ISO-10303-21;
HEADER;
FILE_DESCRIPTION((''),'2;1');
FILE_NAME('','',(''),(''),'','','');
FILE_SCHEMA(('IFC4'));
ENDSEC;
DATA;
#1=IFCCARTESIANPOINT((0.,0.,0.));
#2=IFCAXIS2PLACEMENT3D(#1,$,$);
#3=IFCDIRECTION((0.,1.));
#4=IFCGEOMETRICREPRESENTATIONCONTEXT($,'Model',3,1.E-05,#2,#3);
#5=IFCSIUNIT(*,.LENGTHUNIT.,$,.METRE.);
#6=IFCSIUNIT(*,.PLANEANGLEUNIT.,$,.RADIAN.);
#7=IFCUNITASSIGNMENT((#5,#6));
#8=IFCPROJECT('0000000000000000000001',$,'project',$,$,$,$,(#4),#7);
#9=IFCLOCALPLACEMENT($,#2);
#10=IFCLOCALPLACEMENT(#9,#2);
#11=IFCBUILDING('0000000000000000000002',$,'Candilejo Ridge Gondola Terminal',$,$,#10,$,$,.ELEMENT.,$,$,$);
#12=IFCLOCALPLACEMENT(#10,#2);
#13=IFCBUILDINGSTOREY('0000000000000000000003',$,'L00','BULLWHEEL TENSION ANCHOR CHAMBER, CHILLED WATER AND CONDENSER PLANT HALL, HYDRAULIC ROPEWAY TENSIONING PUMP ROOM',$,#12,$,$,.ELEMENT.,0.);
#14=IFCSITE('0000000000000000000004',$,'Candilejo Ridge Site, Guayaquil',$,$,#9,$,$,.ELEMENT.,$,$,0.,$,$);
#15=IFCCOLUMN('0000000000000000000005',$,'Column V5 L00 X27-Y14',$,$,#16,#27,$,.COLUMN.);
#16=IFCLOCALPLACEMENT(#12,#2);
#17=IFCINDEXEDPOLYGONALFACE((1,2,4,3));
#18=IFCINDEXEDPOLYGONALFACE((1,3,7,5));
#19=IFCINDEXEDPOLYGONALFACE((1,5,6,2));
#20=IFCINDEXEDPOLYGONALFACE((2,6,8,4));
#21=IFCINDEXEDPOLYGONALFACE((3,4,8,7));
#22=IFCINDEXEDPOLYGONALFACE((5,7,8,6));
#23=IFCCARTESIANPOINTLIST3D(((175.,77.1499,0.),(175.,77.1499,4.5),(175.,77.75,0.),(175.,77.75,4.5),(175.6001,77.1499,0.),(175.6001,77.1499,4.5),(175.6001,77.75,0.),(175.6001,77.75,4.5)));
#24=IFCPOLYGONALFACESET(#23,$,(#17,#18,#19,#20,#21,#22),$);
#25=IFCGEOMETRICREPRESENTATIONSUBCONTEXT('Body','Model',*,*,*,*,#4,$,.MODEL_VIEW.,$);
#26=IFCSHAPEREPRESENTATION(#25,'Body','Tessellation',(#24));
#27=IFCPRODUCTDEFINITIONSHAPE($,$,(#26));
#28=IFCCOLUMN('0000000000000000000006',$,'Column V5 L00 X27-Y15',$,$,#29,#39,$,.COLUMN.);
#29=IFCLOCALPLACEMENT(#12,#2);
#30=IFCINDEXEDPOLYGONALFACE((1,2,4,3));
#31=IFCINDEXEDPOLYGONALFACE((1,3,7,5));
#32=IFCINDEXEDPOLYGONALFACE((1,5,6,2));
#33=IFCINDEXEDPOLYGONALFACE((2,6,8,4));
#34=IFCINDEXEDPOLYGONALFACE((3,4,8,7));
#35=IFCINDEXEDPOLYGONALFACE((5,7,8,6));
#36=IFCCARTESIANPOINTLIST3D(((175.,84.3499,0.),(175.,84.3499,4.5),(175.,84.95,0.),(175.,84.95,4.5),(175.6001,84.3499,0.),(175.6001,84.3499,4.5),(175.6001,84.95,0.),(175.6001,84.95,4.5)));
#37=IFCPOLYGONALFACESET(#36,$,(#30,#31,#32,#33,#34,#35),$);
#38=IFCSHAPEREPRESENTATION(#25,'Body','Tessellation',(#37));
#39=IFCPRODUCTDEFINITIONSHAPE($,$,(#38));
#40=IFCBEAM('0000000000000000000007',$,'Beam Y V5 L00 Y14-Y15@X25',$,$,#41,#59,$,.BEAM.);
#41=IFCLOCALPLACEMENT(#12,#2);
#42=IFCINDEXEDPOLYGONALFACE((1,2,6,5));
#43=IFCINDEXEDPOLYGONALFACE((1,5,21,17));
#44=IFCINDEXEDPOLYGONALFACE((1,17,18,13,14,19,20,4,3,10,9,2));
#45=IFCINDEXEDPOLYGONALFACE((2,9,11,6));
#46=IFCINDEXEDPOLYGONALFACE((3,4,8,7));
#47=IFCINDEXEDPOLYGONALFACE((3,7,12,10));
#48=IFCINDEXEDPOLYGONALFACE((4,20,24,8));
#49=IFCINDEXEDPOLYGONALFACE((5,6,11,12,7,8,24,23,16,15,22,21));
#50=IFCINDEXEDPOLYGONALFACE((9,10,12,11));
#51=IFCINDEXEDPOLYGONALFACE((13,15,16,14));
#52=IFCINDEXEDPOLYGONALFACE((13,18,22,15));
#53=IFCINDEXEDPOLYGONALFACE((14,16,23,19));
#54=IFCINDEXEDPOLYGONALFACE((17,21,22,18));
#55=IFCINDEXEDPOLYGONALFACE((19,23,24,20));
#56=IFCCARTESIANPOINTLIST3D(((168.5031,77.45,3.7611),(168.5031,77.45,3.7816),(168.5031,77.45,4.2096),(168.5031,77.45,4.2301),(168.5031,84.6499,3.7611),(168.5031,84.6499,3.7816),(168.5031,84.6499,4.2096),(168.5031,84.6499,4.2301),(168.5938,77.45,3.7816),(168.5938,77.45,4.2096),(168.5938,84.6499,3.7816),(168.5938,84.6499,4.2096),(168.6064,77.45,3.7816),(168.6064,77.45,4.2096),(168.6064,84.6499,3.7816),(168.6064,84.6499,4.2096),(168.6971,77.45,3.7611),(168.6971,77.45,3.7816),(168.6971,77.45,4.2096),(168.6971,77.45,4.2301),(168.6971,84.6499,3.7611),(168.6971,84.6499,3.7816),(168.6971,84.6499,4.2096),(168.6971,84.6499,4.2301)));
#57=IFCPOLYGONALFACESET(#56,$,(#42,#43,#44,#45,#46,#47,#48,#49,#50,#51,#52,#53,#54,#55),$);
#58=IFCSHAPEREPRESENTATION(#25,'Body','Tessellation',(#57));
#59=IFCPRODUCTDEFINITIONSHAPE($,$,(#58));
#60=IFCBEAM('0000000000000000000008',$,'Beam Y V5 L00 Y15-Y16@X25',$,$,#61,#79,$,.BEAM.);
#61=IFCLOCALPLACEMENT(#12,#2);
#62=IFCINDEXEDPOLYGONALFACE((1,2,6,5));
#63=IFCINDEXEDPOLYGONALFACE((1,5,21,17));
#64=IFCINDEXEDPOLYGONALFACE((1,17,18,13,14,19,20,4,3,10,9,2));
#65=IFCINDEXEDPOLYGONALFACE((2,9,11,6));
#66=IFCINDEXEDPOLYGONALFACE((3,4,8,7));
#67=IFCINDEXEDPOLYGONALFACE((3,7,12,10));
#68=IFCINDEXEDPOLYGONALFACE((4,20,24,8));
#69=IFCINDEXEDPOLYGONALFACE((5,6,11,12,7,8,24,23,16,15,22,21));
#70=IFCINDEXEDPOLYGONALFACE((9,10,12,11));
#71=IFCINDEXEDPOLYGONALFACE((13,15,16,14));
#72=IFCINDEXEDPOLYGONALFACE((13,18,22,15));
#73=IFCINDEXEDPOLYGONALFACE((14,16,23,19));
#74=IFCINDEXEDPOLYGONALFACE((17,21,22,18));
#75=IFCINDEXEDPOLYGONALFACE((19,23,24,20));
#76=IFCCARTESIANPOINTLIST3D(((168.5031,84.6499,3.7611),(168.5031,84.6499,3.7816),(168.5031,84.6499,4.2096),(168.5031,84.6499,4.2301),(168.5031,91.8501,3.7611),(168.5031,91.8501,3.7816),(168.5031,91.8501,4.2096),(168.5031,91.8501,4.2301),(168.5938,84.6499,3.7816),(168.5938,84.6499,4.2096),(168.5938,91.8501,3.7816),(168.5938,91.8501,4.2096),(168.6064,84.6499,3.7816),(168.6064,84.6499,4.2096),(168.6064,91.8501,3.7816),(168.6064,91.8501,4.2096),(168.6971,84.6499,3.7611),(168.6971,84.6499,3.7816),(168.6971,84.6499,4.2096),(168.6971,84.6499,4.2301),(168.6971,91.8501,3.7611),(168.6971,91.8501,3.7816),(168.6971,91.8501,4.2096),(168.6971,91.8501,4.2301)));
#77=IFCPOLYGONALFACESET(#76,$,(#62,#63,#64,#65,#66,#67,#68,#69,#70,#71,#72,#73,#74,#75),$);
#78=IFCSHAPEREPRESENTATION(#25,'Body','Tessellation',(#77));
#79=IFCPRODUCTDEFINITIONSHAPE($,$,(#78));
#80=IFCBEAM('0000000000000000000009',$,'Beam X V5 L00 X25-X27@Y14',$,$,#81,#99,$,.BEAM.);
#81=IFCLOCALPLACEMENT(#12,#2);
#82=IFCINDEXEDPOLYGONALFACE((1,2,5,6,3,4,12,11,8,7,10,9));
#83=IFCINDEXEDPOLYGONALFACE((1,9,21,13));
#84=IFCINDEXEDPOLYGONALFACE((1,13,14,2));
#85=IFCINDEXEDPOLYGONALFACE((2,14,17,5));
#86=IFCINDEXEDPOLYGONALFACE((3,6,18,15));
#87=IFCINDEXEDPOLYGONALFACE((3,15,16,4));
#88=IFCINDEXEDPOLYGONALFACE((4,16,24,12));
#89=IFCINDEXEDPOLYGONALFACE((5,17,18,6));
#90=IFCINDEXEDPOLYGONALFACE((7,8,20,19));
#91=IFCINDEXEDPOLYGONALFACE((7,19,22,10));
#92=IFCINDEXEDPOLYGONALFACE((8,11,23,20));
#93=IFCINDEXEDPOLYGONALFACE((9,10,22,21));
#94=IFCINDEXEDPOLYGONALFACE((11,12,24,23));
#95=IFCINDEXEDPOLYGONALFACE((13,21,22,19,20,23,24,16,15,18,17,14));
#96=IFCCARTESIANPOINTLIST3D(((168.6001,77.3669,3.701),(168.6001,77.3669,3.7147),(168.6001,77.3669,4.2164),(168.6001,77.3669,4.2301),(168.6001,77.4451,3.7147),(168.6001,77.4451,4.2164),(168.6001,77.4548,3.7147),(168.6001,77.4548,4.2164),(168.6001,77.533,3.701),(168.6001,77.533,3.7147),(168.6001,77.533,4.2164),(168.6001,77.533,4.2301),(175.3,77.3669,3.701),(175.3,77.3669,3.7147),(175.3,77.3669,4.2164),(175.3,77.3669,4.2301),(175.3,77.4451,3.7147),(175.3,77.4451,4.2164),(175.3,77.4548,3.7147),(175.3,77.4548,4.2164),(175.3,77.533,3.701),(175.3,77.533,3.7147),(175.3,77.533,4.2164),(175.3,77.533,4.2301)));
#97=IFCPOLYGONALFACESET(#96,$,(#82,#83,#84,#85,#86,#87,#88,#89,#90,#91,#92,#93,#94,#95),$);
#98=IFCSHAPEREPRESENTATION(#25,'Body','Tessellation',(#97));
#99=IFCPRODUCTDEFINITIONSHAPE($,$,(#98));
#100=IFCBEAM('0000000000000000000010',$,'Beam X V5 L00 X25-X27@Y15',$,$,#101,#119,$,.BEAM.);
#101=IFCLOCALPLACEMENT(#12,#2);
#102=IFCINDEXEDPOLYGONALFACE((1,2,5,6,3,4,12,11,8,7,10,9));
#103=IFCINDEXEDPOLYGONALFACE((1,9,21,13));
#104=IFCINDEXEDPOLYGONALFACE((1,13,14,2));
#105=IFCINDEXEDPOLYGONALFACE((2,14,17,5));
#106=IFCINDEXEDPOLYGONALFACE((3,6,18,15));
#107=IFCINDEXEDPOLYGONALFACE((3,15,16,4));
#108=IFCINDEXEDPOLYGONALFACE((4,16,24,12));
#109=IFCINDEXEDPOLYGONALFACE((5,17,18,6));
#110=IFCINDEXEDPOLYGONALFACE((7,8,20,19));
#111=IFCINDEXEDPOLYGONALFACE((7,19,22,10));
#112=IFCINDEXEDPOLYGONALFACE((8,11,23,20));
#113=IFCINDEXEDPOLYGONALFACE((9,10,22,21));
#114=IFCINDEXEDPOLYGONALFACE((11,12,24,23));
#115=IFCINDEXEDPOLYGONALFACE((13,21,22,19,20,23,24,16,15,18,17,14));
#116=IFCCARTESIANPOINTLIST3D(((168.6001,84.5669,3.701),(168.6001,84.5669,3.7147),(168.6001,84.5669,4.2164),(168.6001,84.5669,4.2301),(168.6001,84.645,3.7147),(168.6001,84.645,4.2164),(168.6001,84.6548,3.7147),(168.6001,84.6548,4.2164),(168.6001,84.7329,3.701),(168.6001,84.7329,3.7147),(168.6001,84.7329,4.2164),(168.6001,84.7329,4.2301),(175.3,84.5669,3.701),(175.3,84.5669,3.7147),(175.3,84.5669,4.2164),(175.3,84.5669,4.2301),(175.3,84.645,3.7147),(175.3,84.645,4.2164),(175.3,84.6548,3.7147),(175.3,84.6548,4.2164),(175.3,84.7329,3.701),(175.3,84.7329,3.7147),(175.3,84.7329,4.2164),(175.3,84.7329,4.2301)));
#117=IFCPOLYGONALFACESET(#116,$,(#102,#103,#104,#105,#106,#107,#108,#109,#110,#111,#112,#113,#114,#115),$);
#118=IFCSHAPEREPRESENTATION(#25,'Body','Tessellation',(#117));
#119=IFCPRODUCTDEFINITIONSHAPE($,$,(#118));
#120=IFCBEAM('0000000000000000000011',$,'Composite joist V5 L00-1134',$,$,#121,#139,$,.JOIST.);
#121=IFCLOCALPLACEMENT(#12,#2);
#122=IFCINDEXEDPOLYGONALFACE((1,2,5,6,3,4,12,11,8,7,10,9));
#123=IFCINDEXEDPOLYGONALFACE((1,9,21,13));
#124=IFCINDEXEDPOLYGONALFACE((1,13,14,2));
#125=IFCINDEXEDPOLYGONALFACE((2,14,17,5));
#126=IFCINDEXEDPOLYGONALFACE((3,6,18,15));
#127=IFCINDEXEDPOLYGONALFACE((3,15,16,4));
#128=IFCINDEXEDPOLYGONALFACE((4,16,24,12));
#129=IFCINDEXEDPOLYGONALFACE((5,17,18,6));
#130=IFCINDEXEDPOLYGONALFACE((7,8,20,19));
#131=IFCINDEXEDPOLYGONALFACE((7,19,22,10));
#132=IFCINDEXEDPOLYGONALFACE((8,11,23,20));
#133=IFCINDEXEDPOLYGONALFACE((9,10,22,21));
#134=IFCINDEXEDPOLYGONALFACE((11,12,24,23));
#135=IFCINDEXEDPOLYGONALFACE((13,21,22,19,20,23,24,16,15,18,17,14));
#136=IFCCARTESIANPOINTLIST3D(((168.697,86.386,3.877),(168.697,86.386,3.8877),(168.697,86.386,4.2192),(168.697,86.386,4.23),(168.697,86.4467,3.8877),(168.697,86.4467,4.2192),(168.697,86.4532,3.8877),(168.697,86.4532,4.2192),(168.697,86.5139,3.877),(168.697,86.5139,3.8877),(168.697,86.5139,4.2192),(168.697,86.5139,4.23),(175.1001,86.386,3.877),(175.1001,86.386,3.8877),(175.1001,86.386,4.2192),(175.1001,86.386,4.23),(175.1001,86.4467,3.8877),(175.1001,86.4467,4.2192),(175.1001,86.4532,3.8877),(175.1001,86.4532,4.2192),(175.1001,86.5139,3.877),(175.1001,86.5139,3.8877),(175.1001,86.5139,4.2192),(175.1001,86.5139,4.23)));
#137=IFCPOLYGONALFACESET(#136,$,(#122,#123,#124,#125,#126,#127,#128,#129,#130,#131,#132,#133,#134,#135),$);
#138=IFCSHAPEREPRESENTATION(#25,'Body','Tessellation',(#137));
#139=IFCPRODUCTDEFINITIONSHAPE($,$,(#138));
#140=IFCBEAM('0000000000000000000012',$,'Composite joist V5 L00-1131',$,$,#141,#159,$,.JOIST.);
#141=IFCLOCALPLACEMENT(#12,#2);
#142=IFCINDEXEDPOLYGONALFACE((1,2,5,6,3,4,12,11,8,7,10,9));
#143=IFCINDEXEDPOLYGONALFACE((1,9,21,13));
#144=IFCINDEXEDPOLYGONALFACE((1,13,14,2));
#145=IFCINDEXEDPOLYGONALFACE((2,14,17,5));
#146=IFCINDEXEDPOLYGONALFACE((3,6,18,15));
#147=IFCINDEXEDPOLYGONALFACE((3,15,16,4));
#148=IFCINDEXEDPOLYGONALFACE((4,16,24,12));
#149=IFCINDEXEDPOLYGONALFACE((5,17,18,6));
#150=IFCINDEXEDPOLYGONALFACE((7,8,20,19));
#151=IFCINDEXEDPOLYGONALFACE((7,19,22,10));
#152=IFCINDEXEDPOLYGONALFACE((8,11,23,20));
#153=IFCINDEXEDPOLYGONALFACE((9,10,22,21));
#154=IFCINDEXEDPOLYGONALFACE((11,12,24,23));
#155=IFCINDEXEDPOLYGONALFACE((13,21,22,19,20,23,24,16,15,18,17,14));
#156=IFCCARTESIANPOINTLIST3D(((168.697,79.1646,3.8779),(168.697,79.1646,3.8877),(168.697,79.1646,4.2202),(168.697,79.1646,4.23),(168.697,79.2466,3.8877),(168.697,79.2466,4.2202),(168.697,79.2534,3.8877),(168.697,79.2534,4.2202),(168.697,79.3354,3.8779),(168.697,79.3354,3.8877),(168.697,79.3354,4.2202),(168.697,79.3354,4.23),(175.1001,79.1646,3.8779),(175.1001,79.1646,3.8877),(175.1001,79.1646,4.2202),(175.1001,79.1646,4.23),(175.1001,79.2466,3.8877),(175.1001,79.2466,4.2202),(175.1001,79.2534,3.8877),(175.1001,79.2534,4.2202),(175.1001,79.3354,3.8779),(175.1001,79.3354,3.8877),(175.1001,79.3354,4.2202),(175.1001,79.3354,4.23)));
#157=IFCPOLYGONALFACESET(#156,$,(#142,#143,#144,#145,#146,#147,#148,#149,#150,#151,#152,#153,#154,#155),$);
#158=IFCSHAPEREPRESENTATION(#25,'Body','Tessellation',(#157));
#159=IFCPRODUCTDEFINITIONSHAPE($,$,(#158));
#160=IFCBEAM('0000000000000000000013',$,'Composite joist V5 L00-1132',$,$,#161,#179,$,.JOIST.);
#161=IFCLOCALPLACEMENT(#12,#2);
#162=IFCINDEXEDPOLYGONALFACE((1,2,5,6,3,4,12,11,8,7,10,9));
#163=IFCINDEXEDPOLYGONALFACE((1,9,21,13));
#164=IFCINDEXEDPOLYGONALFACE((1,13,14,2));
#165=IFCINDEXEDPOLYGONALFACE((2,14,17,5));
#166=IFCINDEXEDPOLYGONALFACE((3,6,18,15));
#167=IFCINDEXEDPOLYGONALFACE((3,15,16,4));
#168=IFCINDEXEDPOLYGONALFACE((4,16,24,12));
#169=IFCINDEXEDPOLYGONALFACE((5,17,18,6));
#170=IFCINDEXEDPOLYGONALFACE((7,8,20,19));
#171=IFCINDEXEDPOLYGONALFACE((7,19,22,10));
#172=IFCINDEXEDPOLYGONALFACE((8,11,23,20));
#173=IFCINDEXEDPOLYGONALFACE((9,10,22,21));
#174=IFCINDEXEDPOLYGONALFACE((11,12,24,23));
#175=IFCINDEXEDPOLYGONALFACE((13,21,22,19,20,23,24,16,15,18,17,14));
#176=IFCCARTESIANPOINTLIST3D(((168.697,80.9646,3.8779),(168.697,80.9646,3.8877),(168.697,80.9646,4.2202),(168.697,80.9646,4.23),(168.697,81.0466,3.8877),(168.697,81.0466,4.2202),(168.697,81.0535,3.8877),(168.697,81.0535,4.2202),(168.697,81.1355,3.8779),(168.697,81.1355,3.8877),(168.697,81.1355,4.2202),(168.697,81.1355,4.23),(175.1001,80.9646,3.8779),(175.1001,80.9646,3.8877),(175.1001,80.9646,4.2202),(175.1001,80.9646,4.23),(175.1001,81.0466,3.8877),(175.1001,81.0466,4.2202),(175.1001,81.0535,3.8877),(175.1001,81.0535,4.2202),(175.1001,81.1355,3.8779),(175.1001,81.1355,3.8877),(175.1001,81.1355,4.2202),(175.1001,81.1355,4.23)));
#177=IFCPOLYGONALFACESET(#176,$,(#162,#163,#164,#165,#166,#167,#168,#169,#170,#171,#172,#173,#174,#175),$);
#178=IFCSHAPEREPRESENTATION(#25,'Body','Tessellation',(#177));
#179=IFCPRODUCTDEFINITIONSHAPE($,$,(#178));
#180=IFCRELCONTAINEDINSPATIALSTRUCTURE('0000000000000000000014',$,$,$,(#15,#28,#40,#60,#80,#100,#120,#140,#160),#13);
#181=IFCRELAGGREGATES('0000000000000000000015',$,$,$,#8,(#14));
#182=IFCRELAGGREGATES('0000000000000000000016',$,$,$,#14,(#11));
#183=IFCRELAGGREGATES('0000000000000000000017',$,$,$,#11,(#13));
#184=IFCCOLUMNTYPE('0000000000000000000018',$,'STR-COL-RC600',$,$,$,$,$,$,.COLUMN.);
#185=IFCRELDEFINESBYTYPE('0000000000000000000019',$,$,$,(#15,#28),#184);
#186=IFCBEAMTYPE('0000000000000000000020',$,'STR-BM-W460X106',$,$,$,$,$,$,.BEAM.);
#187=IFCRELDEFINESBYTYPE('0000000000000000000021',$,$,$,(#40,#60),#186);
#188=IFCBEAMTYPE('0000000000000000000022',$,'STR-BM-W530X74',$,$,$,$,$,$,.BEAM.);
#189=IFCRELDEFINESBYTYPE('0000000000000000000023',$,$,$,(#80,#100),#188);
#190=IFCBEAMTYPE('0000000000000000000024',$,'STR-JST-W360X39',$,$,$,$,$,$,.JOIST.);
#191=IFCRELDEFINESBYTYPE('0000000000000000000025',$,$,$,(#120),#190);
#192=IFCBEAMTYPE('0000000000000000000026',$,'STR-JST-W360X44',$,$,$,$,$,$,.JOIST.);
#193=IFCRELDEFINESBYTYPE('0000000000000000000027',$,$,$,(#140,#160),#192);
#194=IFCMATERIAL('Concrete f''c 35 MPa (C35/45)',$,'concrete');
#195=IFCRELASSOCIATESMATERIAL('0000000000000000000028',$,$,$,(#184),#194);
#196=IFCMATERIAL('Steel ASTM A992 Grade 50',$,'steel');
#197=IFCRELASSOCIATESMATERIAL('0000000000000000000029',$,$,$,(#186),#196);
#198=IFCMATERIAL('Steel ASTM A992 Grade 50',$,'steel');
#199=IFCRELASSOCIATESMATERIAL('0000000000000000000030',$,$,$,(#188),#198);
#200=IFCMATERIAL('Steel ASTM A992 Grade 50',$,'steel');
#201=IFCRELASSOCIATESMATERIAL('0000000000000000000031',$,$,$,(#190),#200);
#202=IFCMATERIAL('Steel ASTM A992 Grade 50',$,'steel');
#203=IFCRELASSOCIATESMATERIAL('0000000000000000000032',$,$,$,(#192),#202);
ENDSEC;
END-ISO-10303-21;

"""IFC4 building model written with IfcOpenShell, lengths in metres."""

from ifc_helpers import new_model, si_unit, direction, frame, origin, origin_2d, place, context, subcontext, project, spatial, rectangle, i_section, extrude, material, material_profile, profile_set, type_object, element, save


model = new_model("IFC4")

# Units and contexts
model_context = context("Model", 3, precision=1e-05, world=origin(), true_north=direction((0.0, 1.0)))
body_context = subcontext(model_context, "Body", "Model", "MODEL_VIEW")
ifc_project = project(units=[si_unit("LENGTHUNIT", "METRE"), si_unit("PLANEANGLEUNIT", "RADIAN")], contexts=[model_context])

# Site, building, storey
site_placement = place(None, origin())
site = spatial("IfcSite", under=ifc_project, at=site_placement, Name="Candilejo Ridge Site, Guayaquil", CompositionType="ELEMENT", RefElevation=0.0)
building_placement = place(site_placement, origin())
building = spatial("IfcBuilding", under=site, at=building_placement, Name="Candilejo Ridge Gondola Terminal", CompositionType="ELEMENT")
storey_placement = place(building_placement, origin())
storey = spatial("IfcBuildingStorey", under=building, at=storey_placement, Name="L00", Description="BULLWHEEL TENSION ANCHOR CHAMBER, CHILLED WATER AND CONDENSER PLANT HALL, HYDRAULIC ROPEWAY TENSIONING PUMP ROOM", CompositionType="ELEMENT", Elevation=0.0)

# Columns
ifc_material_1 = material(Name="Concrete f'c 35 MPa (C35/45)", Category="concrete")
ifc_material_profile_1 = material_profile(ifc_material_1, rectangle(XDim=0.6001, YDim=0.6001, at=origin_2d()))
ifc_profile_set_1 = profile_set([ifc_material_profile_1], Name="Concrete f'c 35 MPa (C35/45)")
column_type = type_object("IfcColumnType", Name="STR-COL-RC600", PredefinedType="COLUMN", material=ifc_profile_set_1)
for number, where, z_axis, x_axis, name in (
    (1, (175.3, 77.45, 0.0), (0.0, 0.0, 1.0), (1.0, 0.0, 0.0), "Column V5 L00 X27-Y14"),
    (2, (175.3, 84.6499, 0.0), (0.0, 0.0, 1.0), (1.0, 0.0, 0.0), "Column V5 L00 X27-Y15"),
):
    element("IfcColumn", number, at=place(storey_placement, frame(where, z_axis=z_axis, x_axis=x_axis)), inside=storey, type_object=column_type, Name=name, PredefinedType="COLUMN", context=body_context, shape_type="SweptSolid", body=[
        extrude(rectangle(XDim=0.6001, YDim=0.6001, at=origin_2d()), origin(), (0.0, 0.0, 1.0), 4.5),
    ])

# Beams
ifc_material_2 = material(Name="Steel ASTM A992 Grade 50", Category="steel")
ifc_material_profile_2 = material_profile(ifc_material_2, i_section(OverallWidth=0.1941, OverallDepth=0.469, WebThickness=0.0127, FlangeThickness=0.0205, at=origin_2d()))
ifc_profile_set_2 = profile_set([ifc_material_profile_2], Name="Steel ASTM A992 Grade 50")
beam_type_1 = type_object("IfcBeamType", Name="STR-BM-W460X106", PredefinedType="BEAM", material=ifc_profile_set_2)
beam_1_placement = place(storey_placement, frame((168.6001, 77.45, 3.9956), z_axis=(0.0, 1.0, 0.0), x_axis=(-1.0, 0.0, 0.0)))
element("IfcBeam", 3, at=beam_1_placement, inside=storey, type_object=beam_type_1, Name="Beam Y V5 L00 Y14-Y15@X25", PredefinedType="BEAM", context=body_context, shape_type="SweptSolid", body=[
    extrude(i_section(OverallWidth=0.1941, OverallDepth=0.469, WebThickness=0.0127, FlangeThickness=0.0205, at=origin_2d()), origin(), (0.0, 0.0, 1.0), 7.2),
])
beam_2_placement = place(storey_placement, frame((168.6001, 84.6499, 3.9956), z_axis=(0.0, 1.0, 0.0), x_axis=(-1.0, 0.0, 0.0)))
element("IfcBeam", 4, at=beam_2_placement, inside=storey, type_object=beam_type_1, Name="Beam Y V5 L00 Y15-Y16@X25", PredefinedType="BEAM", context=body_context, shape_type="SweptSolid", body=[
    extrude(i_section(OverallWidth=0.1941, OverallDepth=0.469, WebThickness=0.0127, FlangeThickness=0.0205, at=origin_2d()), origin(), (0.0, 0.0, 1.0), 7.2002),
])
ifc_material_3 = material(Name="Steel ASTM A992 Grade 50", Category="steel")
ifc_material_profile_3 = material_profile(ifc_material_3, i_section(OverallWidth=0.166, OverallDepth=0.5291, WebThickness=0.0098, FlangeThickness=0.0137, at=origin_2d()))
ifc_profile_set_3 = profile_set([ifc_material_profile_3], Name="Steel ASTM A992 Grade 50")
beam_type_2 = type_object("IfcBeamType", Name="STR-BM-W530X74", PredefinedType="BEAM", material=ifc_profile_set_3)
for number, where, z_axis, x_axis, name in (
    (5, (168.6001, 77.45, 3.9656), (1.0, 0.0, 0.0), (0.0, 1.0, 0.0), "Beam X V5 L00 X25-X27@Y14"),
    (6, (168.6001, 84.6499, 3.9656), (1.0, 0.0, 0.0), (0.0, 1.0, 0.0), "Beam X V5 L00 X25-X27@Y15"),
):
    element("IfcBeam", number, at=place(storey_placement, frame(where, z_axis=z_axis, x_axis=x_axis)), inside=storey, type_object=beam_type_2, Name=name, PredefinedType="BEAM", context=body_context, shape_type="SweptSolid", body=[
        extrude(i_section(OverallWidth=0.166, OverallDepth=0.5291, WebThickness=0.0098, FlangeThickness=0.0137, at=origin_2d()), origin(), (0.0, 0.0, 1.0), 6.7),
    ])
ifc_material_4 = material(Name="Steel ASTM A992 Grade 50", Category="steel")
ifc_material_profile_4 = material_profile(ifc_material_4, i_section(OverallWidth=0.1279, OverallDepth=0.353, WebThickness=0.0066, FlangeThickness=0.0107, at=origin_2d()))
ifc_profile_set_4 = profile_set([ifc_material_profile_4], Name="Steel ASTM A992 Grade 50")
beam_type_3 = type_object("IfcBeamType", Name="STR-JST-W360X39", PredefinedType="JOIST", material=ifc_profile_set_4)
beam_3_placement = place(storey_placement, frame((168.697, 86.45, 4.0535), z_axis=(1.0, 0.0, 0.0), x_axis=(0.0, 1.0, 0.0)))
element("IfcBeam", 7, at=beam_3_placement, inside=storey, type_object=beam_type_3, Name="Composite joist V5 L00-1134", PredefinedType="JOIST", context=body_context, shape_type="SweptSolid", body=[
    extrude(i_section(OverallWidth=0.1279, OverallDepth=0.353, WebThickness=0.0066, FlangeThickness=0.0107, at=origin_2d()), origin(), (0.0, 0.0, 1.0), 6.4031),
])
ifc_material_5 = material(Name="Steel ASTM A992 Grade 50", Category="steel")
ifc_material_profile_5 = material_profile(ifc_material_5, i_section(OverallWidth=0.1709, OverallDepth=0.3521, WebThickness=0.0068, FlangeThickness=0.0098, at=origin_2d()))
ifc_profile_set_5 = profile_set([ifc_material_profile_5], Name="Steel ASTM A992 Grade 50")
beam_type_4 = type_object("IfcBeamType", Name="STR-JST-W360X44", PredefinedType="JOIST", material=ifc_profile_set_5)
for number, where, z_axis, x_axis, name in (
    (8, (168.697, 79.25, 4.054), (1.0, 0.0, 0.0), (0.0, 1.0, 0.0), "Composite joist V5 L00-1131"),
    (9, (168.697, 81.05, 4.054), (1.0, 0.0, 0.0), (0.0, 1.0, 0.0), "Composite joist V5 L00-1132"),
):
    element("IfcBeam", number, at=place(storey_placement, frame(where, z_axis=z_axis, x_axis=x_axis)), inside=storey, type_object=beam_type_4, Name=name, PredefinedType="JOIST", context=body_context, shape_type="SweptSolid", body=[
        extrude(i_section(OverallWidth=0.1709, OverallDepth=0.3521, WebThickness=0.0068, FlangeThickness=0.0098, at=origin_2d()), origin(), (0.0, 0.0, 1.0), 6.4031),
    ])

save(model, "model.ifc")
